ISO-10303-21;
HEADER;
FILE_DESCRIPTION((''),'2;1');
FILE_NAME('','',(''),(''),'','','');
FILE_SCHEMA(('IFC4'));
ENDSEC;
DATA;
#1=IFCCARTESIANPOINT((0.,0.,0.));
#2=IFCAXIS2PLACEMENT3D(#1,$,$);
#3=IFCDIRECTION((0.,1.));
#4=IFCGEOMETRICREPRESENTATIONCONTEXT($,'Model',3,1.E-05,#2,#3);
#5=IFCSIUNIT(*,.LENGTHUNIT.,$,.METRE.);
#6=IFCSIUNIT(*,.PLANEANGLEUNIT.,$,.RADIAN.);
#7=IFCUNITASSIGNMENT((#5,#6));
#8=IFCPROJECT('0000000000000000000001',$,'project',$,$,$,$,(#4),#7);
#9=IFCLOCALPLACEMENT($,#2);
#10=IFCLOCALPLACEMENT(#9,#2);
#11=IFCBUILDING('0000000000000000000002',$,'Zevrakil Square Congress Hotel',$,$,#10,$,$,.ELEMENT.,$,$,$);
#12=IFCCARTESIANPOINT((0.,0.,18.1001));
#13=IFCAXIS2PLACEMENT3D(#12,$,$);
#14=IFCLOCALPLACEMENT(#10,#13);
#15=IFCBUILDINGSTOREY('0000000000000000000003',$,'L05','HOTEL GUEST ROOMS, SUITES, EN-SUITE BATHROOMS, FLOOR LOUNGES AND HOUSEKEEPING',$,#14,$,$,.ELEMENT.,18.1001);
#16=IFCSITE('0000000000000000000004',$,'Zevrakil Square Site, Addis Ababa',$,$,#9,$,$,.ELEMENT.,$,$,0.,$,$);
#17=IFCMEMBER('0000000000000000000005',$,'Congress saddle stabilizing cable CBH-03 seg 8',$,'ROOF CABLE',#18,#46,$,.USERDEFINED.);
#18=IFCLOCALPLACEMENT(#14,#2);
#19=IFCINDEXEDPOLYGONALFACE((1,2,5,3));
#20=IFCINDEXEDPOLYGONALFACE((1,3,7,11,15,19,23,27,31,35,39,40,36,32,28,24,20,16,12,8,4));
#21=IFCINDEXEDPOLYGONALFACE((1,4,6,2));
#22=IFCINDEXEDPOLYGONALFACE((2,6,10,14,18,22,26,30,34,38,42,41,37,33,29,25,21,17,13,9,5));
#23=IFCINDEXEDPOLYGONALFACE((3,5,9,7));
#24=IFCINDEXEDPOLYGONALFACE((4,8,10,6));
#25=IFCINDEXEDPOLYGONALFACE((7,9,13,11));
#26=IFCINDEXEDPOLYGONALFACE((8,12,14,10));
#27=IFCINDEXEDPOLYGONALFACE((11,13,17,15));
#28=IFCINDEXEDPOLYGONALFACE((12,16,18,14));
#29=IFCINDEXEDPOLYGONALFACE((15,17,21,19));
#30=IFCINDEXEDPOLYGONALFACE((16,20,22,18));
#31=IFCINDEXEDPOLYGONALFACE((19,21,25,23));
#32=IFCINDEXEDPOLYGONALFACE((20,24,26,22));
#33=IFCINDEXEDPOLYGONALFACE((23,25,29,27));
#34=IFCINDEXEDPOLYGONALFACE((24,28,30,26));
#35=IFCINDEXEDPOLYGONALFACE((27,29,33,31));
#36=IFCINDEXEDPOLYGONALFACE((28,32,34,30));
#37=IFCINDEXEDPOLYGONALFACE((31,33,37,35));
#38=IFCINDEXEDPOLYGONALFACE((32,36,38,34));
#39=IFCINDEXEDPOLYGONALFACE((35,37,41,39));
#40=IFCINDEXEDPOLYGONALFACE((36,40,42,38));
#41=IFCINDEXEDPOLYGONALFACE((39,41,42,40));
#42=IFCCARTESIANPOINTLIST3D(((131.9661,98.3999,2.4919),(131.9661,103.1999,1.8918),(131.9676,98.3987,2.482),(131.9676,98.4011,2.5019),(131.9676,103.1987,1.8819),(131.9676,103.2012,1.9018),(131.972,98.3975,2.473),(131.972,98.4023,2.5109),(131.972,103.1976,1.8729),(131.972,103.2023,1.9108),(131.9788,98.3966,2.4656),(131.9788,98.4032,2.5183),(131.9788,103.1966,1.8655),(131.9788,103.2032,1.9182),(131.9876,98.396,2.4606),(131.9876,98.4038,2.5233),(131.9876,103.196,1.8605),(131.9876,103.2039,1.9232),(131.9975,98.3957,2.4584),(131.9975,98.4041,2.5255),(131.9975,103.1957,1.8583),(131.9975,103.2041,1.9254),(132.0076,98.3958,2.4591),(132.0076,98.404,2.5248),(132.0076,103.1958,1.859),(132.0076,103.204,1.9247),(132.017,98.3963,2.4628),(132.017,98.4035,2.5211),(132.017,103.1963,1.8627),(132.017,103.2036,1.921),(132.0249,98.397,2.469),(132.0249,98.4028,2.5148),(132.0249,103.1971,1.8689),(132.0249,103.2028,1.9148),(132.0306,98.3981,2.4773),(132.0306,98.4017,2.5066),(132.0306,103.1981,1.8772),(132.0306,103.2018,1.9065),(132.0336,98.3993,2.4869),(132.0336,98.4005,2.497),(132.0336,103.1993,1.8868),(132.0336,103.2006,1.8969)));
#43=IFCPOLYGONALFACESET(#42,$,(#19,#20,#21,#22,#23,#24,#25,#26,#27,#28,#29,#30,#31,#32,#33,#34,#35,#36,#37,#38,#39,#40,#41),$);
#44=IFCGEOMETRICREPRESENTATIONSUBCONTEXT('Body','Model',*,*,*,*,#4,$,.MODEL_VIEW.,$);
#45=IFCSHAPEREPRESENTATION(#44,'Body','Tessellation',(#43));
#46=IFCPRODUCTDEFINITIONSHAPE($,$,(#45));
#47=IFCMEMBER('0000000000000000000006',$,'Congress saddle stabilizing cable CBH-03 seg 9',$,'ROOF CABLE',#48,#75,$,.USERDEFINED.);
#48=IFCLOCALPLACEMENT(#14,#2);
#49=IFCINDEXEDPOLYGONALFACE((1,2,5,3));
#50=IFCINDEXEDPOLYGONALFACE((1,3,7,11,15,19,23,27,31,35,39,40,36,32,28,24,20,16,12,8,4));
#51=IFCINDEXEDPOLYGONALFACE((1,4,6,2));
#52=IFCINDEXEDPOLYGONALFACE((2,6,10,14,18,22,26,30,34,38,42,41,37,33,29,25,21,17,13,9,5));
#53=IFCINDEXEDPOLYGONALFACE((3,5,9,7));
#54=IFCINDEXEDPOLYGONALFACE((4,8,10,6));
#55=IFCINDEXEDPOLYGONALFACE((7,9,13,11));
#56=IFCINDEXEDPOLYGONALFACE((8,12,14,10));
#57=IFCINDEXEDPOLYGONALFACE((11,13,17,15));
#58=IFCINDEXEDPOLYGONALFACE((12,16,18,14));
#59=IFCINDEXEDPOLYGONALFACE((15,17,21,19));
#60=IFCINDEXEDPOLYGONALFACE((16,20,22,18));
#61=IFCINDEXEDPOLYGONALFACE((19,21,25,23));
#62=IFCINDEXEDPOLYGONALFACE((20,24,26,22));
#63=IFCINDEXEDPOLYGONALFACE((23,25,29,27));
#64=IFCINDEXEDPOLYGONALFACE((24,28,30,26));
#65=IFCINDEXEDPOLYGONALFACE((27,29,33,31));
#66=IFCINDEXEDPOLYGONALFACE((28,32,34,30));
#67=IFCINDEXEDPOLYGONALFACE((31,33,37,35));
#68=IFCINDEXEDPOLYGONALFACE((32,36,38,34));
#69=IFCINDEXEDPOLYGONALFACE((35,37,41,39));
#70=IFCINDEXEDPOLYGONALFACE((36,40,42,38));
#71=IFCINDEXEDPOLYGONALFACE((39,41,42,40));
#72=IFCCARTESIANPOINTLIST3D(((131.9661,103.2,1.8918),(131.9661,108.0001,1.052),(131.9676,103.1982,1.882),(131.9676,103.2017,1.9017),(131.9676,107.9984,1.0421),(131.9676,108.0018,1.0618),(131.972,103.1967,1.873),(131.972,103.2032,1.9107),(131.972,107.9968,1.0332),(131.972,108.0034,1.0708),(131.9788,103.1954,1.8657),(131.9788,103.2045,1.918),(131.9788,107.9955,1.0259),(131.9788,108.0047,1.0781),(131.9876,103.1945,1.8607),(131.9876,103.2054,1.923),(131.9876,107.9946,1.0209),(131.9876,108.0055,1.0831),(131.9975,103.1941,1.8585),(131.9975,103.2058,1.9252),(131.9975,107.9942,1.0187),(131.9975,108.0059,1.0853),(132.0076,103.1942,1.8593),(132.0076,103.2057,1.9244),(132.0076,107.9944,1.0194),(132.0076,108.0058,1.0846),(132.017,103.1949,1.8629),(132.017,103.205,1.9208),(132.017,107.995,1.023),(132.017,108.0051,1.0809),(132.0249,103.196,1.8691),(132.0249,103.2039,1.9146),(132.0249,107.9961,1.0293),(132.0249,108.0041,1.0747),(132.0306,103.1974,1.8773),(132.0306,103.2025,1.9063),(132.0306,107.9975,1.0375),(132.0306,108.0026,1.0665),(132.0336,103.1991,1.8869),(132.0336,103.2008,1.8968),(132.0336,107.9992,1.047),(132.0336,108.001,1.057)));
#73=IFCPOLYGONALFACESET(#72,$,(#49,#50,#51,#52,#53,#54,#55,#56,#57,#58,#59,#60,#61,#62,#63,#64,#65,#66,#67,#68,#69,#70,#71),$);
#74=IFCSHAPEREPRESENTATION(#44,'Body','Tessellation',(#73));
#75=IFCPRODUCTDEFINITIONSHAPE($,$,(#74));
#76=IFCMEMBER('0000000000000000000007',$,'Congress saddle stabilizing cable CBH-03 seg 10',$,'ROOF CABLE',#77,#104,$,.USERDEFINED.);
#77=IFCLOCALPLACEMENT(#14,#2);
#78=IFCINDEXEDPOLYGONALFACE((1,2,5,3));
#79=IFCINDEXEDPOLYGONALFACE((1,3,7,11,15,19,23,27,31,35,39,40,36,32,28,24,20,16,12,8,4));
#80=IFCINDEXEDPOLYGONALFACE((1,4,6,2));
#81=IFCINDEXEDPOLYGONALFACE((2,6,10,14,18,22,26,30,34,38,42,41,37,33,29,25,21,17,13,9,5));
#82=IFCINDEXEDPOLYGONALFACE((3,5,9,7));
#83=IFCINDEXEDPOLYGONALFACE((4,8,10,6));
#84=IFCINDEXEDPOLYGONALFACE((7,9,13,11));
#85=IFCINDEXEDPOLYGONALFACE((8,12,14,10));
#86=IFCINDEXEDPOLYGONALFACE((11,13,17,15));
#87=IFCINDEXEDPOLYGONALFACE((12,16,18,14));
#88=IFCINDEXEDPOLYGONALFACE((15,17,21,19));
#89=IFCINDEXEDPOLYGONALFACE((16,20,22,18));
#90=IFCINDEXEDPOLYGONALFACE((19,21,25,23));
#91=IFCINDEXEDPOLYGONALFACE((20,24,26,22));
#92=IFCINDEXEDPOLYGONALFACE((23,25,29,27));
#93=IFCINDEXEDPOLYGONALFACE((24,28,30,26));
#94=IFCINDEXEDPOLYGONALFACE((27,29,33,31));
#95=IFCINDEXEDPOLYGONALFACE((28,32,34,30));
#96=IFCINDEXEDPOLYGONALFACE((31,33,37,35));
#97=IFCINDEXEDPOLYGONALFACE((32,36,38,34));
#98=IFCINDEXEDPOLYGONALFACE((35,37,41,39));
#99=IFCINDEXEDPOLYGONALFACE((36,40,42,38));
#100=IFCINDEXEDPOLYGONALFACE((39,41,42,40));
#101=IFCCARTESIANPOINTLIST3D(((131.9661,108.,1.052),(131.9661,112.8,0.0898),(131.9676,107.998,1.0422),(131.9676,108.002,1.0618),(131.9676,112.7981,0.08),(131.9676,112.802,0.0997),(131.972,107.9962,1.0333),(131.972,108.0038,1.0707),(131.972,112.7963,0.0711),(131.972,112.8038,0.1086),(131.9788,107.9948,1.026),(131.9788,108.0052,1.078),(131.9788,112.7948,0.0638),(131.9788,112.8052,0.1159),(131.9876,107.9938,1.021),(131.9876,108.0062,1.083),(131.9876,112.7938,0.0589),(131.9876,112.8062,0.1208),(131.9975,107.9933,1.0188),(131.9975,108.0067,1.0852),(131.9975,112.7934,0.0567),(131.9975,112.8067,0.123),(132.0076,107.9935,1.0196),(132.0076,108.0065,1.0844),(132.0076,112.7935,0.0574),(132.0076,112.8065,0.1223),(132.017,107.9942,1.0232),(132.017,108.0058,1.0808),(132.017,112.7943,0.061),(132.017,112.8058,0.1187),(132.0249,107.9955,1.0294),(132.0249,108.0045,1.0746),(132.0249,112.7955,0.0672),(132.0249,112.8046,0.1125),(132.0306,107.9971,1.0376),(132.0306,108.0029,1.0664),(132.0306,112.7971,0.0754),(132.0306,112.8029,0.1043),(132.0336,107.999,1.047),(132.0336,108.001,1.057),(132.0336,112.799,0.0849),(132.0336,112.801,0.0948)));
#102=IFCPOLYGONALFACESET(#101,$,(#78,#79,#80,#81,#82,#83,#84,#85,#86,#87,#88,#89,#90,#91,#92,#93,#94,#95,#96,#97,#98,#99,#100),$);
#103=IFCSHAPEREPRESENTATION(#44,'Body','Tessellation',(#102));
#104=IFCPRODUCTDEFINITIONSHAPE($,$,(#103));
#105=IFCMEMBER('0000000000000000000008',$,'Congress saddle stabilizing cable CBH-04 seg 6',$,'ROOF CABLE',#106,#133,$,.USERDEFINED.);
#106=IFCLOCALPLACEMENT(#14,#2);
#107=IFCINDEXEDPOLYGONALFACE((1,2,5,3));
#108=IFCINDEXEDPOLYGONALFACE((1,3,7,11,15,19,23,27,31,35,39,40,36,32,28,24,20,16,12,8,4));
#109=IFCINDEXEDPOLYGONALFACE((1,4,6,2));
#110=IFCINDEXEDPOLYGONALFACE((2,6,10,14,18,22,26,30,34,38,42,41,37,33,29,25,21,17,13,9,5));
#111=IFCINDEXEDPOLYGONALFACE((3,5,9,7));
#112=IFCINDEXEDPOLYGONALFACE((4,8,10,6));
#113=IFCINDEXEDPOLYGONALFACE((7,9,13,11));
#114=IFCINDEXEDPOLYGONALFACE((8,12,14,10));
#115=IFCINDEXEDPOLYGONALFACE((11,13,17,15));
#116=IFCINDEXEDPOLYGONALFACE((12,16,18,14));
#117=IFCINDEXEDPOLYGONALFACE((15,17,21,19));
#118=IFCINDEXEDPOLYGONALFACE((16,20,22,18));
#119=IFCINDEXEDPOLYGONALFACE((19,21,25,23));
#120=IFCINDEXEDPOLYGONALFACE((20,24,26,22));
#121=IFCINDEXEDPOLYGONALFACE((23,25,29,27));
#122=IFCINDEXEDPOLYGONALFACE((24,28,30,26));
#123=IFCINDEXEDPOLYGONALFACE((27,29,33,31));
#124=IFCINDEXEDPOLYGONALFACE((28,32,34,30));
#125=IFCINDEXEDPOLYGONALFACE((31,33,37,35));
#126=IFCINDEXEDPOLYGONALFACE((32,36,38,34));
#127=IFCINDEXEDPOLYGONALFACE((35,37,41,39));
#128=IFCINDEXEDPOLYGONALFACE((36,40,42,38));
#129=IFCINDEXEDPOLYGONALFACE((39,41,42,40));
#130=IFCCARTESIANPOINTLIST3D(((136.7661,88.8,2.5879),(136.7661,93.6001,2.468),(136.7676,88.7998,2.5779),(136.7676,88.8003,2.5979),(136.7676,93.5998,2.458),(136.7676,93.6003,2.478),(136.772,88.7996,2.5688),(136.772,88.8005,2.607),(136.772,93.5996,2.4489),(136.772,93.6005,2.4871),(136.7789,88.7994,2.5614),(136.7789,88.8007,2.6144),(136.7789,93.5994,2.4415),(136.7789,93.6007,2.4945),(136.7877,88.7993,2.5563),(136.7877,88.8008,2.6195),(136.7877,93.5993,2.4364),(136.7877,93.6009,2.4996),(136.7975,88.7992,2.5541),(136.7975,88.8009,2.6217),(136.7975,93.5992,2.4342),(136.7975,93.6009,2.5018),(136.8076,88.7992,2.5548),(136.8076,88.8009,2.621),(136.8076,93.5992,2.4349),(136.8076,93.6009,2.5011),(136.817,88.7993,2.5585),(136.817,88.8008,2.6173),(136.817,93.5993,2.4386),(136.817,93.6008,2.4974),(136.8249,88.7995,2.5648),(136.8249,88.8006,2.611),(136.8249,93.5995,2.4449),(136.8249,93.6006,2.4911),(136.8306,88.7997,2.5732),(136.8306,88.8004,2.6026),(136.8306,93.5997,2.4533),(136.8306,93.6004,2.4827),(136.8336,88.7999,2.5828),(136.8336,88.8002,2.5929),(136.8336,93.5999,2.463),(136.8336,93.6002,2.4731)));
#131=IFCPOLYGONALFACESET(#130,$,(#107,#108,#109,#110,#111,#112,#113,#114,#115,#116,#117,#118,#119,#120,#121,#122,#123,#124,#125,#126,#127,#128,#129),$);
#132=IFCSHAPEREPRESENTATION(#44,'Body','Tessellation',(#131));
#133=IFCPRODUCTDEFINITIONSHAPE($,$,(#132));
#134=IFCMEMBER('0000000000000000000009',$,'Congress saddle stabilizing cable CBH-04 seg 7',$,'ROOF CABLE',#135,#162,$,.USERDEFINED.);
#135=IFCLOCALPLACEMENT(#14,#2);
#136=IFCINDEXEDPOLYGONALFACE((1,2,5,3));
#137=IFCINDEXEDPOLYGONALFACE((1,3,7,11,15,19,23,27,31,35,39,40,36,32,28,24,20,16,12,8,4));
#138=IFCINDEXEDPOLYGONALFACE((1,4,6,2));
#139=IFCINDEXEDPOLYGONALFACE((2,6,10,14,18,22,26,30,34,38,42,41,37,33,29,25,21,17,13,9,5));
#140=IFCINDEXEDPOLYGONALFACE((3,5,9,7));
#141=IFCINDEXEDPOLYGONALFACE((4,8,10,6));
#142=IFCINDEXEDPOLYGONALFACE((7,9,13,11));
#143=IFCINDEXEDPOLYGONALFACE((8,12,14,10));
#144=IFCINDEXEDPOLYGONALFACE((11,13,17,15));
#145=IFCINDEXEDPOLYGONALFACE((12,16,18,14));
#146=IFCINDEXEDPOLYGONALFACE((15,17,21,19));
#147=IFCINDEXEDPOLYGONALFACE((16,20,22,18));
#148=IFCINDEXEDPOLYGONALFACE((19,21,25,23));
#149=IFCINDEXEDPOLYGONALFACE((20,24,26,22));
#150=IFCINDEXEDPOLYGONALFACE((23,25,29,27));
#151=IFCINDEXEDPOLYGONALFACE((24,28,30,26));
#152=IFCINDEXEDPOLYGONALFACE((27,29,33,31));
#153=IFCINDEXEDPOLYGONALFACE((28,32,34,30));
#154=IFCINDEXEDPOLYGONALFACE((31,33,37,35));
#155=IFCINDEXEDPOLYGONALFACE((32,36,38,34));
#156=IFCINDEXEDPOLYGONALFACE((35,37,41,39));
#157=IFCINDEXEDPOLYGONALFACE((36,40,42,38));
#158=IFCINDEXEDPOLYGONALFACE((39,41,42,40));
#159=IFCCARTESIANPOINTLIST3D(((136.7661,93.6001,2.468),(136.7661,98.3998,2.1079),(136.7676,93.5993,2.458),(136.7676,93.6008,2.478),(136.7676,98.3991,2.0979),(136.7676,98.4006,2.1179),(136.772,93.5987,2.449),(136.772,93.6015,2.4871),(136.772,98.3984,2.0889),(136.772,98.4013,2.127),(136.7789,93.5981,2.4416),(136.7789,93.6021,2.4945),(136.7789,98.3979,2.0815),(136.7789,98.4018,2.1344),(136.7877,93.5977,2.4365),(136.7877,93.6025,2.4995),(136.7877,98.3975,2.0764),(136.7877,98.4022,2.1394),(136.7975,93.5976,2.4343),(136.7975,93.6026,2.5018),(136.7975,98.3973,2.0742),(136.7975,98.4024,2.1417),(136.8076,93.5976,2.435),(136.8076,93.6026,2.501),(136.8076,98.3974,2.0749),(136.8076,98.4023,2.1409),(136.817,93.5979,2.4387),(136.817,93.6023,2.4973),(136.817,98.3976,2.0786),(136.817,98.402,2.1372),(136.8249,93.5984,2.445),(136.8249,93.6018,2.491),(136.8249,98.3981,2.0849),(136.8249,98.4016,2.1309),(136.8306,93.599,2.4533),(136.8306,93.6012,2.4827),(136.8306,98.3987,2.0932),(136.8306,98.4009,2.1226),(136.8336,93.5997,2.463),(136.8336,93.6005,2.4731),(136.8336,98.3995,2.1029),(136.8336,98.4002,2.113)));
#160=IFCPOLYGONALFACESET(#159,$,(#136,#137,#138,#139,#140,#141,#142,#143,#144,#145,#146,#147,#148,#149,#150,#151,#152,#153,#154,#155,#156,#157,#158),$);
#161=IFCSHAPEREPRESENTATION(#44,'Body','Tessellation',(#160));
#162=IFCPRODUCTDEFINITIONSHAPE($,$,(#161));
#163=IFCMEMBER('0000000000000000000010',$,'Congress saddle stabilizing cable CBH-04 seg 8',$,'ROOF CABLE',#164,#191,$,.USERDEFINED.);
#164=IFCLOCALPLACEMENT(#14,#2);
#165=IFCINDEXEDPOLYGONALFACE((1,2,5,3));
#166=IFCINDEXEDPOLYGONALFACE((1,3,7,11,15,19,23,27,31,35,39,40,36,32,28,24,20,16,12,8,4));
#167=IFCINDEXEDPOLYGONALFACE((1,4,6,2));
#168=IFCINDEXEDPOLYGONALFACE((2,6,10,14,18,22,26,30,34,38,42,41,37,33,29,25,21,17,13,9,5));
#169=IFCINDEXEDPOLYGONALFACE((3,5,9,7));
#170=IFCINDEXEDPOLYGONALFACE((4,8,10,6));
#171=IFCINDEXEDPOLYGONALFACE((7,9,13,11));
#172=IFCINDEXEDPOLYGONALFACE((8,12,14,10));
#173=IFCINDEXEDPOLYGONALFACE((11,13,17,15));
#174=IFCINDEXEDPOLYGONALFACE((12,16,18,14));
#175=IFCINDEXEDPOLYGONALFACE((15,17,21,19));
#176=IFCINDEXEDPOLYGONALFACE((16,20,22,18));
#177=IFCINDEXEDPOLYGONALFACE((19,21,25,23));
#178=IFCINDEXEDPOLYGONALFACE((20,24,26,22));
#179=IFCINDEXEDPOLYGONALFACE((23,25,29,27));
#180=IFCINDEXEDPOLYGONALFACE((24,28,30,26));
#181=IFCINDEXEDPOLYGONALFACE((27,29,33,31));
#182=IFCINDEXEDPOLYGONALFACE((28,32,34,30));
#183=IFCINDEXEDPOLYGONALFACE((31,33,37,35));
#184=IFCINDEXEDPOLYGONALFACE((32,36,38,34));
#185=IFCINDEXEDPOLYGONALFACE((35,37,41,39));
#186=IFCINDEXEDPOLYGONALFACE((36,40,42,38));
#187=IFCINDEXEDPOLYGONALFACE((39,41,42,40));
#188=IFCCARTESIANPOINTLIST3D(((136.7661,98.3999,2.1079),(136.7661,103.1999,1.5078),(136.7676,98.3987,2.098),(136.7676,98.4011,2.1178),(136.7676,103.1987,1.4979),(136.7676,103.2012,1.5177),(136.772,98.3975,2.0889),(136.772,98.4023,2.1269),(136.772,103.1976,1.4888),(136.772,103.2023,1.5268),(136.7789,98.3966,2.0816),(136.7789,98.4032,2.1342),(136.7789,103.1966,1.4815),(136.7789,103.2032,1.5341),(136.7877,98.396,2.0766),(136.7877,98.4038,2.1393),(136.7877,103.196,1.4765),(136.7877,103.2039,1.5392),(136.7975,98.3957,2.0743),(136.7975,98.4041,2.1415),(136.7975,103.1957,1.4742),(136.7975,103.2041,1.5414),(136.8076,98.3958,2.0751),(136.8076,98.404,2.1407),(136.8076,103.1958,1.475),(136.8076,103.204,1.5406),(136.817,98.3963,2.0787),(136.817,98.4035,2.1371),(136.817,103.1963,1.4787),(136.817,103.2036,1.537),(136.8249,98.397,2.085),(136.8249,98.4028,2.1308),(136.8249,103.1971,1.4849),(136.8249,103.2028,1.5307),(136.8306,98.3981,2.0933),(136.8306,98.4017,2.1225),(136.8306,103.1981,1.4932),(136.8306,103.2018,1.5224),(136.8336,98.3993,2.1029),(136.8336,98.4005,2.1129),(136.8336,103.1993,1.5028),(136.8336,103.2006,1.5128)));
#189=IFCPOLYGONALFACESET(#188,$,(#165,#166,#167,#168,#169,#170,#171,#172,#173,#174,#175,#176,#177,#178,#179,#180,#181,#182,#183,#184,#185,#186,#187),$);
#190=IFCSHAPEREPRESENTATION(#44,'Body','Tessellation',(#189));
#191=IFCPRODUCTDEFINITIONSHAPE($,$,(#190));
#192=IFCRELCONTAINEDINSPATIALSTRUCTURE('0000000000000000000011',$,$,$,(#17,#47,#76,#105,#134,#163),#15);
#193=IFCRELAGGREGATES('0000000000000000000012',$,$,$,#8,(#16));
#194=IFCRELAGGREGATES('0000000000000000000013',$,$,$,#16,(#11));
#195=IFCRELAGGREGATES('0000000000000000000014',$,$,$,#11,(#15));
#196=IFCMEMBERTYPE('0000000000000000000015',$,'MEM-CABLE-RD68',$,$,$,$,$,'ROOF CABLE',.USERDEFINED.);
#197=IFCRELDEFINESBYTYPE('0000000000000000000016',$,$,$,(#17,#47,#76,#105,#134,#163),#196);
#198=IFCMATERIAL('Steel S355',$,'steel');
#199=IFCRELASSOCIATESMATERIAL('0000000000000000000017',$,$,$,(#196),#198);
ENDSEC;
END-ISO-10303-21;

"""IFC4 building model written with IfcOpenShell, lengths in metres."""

from ifc_helpers import new_model, si_unit, direction, frame, origin, origin_2d, place, context, subcontext, project, spatial, circle, extrude, material, material_profile, profile_set, type_object, element, save


model = new_model("IFC4")

# Units and contexts
model_context = context("Model", 3, precision=1e-05, world=origin(), true_north=direction((0.0, 1.0)))
body_context = subcontext(model_context, "Body", "Model", "MODEL_VIEW")
ifc_project = project(units=[si_unit("LENGTHUNIT", "METRE"), si_unit("PLANEANGLEUNIT", "RADIAN")], contexts=[model_context])

# Site, building, storey
site_placement = place(None, origin())
site = spatial("IfcSite", under=ifc_project, at=site_placement, Name="Zevrakil Square Site, Addis Ababa", CompositionType="ELEMENT", RefElevation=0.0)
building_placement = place(site_placement, origin())
building = spatial("IfcBuilding", under=site, at=building_placement, Name="Zevrakil Square Congress Hotel", CompositionType="ELEMENT")
storey_placement = place(building_placement, frame((0.0, 0.0, 18.1001)))
storey = spatial("IfcBuildingStorey", under=building, at=storey_placement, Name="L05", Description="HOTEL GUEST ROOMS, SUITES, EN-SUITE BATHROOMS, FLOOR LOUNGES AND HOUSEKEEPING", CompositionType="ELEMENT", Elevation=18.1001)

# Members
ifc_material_1 = material(Name="Steel S355", Category="steel")
ifc_material_profile_1 = material_profile(ifc_material_1, circle(Radius=0.0339, at=origin_2d()), Name="CABLE RD68")
ifc_profile_set_1 = profile_set([ifc_material_profile_1], Name="Steel S355")
member_type_1 = type_object("IfcMemberType", Name="MEM-CABLE-RD68", ElementType="ROOF CABLE", PredefinedType="USERDEFINED", material=ifc_profile_set_1)
member_1_placement = place(storey_placement, frame((132.0, 98.3999, 2.4919), z_axis=(0.0, 0.992276, -0.124053), x_axis=(-1.0, 0.0, 0.0)))
element("IfcMember", 1, at=member_1_placement, inside=storey, type_object=member_type_1, Name="Congress saddle stabilizing cable CBH-03 seg 8", ObjectType="ROOF CABLE", PredefinedType="USERDEFINED", context=body_context, shape_type="SweptSolid", body=[
    extrude(circle(Radius=0.0339, at=origin_2d()), origin(), (0.0, 0.0, 1.0), 4.8374),
])
member_2_placement = place(storey_placement, frame((132.0, 103.2, 1.8918), z_axis=(0.0, 0.985036, -0.172348), x_axis=(-1.0, 0.0, 0.0)))
element("IfcMember", 2, at=member_2_placement, inside=storey, type_object=member_type_1, Name="Congress saddle stabilizing cable CBH-03 seg 9", ObjectType="ROOF CABLE", PredefinedType="USERDEFINED", context=body_context, shape_type="SweptSolid", body=[
    extrude(circle(Radius=0.0339, at=origin_2d()), origin(), (0.0, 0.0, 1.0), 4.873),
])
member_3_placement = place(storey_placement, frame((132.0, 108.0, 1.052), z_axis=(0.0, 0.980496, -0.196538), x_axis=(-1.0, 0.0, 0.0)))
element("IfcMember", 3, at=member_3_placement, inside=storey, type_object=member_type_1, Name="Congress saddle stabilizing cable CBH-03 seg 10", ObjectType="ROOF CABLE", PredefinedType="USERDEFINED", context=body_context, shape_type="SweptSolid", body=[
    extrude(circle(Radius=0.0339, at=origin_2d()), origin(), (0.0, 0.0, 1.0), 4.8955),
])
member_4_placement = place(storey_placement, frame((136.8, 88.8, 2.5879), z_axis=(0.0, 0.999688, -0.024966), x_axis=(-1.0, 0.0, 0.0)))
element("IfcMember", 4, at=member_4_placement, inside=storey, type_object=member_type_1, Name="Congress saddle stabilizing cable CBH-04 seg 6", ObjectType="ROOF CABLE", PredefinedType="USERDEFINED", context=body_context, shape_type="SweptSolid", body=[
    extrude(circle(Radius=0.0339, at=origin_2d()), origin(), (0.0, 0.0, 1.0), 4.8015),
])
member_5_placement = place(storey_placement, frame((136.8, 93.6001, 2.468), z_axis=(0.0, 0.997197, -0.074815), x_axis=(-1.0, 0.0, 0.0)))
element("IfcMember", 5, at=member_5_placement, inside=storey, type_object=member_type_1, Name="Congress saddle stabilizing cable CBH-04 seg 7", ObjectType="ROOF CABLE", PredefinedType="USERDEFINED", context=body_context, shape_type="SweptSolid", body=[
    extrude(circle(Radius=0.0339, at=origin_2d()), origin(), (0.0, 0.0, 1.0), 4.8132),
])
member_6_placement = place(storey_placement, frame((136.8, 98.3999, 2.1079), z_axis=(0.0, 0.992276, -0.124053), x_axis=(-1.0, 0.0, 0.0)))
element("IfcMember", 6, at=member_6_placement, inside=storey, type_object=member_type_1, Name="Congress saddle stabilizing cable CBH-04 seg 8", ObjectType="ROOF CABLE", PredefinedType="USERDEFINED", context=body_context, shape_type="SweptSolid", body=[
    extrude(circle(Radius=0.0339, at=origin_2d()), origin(), (0.0, 0.0, 1.0), 4.8374),
])

save(model, "model.ifc")
